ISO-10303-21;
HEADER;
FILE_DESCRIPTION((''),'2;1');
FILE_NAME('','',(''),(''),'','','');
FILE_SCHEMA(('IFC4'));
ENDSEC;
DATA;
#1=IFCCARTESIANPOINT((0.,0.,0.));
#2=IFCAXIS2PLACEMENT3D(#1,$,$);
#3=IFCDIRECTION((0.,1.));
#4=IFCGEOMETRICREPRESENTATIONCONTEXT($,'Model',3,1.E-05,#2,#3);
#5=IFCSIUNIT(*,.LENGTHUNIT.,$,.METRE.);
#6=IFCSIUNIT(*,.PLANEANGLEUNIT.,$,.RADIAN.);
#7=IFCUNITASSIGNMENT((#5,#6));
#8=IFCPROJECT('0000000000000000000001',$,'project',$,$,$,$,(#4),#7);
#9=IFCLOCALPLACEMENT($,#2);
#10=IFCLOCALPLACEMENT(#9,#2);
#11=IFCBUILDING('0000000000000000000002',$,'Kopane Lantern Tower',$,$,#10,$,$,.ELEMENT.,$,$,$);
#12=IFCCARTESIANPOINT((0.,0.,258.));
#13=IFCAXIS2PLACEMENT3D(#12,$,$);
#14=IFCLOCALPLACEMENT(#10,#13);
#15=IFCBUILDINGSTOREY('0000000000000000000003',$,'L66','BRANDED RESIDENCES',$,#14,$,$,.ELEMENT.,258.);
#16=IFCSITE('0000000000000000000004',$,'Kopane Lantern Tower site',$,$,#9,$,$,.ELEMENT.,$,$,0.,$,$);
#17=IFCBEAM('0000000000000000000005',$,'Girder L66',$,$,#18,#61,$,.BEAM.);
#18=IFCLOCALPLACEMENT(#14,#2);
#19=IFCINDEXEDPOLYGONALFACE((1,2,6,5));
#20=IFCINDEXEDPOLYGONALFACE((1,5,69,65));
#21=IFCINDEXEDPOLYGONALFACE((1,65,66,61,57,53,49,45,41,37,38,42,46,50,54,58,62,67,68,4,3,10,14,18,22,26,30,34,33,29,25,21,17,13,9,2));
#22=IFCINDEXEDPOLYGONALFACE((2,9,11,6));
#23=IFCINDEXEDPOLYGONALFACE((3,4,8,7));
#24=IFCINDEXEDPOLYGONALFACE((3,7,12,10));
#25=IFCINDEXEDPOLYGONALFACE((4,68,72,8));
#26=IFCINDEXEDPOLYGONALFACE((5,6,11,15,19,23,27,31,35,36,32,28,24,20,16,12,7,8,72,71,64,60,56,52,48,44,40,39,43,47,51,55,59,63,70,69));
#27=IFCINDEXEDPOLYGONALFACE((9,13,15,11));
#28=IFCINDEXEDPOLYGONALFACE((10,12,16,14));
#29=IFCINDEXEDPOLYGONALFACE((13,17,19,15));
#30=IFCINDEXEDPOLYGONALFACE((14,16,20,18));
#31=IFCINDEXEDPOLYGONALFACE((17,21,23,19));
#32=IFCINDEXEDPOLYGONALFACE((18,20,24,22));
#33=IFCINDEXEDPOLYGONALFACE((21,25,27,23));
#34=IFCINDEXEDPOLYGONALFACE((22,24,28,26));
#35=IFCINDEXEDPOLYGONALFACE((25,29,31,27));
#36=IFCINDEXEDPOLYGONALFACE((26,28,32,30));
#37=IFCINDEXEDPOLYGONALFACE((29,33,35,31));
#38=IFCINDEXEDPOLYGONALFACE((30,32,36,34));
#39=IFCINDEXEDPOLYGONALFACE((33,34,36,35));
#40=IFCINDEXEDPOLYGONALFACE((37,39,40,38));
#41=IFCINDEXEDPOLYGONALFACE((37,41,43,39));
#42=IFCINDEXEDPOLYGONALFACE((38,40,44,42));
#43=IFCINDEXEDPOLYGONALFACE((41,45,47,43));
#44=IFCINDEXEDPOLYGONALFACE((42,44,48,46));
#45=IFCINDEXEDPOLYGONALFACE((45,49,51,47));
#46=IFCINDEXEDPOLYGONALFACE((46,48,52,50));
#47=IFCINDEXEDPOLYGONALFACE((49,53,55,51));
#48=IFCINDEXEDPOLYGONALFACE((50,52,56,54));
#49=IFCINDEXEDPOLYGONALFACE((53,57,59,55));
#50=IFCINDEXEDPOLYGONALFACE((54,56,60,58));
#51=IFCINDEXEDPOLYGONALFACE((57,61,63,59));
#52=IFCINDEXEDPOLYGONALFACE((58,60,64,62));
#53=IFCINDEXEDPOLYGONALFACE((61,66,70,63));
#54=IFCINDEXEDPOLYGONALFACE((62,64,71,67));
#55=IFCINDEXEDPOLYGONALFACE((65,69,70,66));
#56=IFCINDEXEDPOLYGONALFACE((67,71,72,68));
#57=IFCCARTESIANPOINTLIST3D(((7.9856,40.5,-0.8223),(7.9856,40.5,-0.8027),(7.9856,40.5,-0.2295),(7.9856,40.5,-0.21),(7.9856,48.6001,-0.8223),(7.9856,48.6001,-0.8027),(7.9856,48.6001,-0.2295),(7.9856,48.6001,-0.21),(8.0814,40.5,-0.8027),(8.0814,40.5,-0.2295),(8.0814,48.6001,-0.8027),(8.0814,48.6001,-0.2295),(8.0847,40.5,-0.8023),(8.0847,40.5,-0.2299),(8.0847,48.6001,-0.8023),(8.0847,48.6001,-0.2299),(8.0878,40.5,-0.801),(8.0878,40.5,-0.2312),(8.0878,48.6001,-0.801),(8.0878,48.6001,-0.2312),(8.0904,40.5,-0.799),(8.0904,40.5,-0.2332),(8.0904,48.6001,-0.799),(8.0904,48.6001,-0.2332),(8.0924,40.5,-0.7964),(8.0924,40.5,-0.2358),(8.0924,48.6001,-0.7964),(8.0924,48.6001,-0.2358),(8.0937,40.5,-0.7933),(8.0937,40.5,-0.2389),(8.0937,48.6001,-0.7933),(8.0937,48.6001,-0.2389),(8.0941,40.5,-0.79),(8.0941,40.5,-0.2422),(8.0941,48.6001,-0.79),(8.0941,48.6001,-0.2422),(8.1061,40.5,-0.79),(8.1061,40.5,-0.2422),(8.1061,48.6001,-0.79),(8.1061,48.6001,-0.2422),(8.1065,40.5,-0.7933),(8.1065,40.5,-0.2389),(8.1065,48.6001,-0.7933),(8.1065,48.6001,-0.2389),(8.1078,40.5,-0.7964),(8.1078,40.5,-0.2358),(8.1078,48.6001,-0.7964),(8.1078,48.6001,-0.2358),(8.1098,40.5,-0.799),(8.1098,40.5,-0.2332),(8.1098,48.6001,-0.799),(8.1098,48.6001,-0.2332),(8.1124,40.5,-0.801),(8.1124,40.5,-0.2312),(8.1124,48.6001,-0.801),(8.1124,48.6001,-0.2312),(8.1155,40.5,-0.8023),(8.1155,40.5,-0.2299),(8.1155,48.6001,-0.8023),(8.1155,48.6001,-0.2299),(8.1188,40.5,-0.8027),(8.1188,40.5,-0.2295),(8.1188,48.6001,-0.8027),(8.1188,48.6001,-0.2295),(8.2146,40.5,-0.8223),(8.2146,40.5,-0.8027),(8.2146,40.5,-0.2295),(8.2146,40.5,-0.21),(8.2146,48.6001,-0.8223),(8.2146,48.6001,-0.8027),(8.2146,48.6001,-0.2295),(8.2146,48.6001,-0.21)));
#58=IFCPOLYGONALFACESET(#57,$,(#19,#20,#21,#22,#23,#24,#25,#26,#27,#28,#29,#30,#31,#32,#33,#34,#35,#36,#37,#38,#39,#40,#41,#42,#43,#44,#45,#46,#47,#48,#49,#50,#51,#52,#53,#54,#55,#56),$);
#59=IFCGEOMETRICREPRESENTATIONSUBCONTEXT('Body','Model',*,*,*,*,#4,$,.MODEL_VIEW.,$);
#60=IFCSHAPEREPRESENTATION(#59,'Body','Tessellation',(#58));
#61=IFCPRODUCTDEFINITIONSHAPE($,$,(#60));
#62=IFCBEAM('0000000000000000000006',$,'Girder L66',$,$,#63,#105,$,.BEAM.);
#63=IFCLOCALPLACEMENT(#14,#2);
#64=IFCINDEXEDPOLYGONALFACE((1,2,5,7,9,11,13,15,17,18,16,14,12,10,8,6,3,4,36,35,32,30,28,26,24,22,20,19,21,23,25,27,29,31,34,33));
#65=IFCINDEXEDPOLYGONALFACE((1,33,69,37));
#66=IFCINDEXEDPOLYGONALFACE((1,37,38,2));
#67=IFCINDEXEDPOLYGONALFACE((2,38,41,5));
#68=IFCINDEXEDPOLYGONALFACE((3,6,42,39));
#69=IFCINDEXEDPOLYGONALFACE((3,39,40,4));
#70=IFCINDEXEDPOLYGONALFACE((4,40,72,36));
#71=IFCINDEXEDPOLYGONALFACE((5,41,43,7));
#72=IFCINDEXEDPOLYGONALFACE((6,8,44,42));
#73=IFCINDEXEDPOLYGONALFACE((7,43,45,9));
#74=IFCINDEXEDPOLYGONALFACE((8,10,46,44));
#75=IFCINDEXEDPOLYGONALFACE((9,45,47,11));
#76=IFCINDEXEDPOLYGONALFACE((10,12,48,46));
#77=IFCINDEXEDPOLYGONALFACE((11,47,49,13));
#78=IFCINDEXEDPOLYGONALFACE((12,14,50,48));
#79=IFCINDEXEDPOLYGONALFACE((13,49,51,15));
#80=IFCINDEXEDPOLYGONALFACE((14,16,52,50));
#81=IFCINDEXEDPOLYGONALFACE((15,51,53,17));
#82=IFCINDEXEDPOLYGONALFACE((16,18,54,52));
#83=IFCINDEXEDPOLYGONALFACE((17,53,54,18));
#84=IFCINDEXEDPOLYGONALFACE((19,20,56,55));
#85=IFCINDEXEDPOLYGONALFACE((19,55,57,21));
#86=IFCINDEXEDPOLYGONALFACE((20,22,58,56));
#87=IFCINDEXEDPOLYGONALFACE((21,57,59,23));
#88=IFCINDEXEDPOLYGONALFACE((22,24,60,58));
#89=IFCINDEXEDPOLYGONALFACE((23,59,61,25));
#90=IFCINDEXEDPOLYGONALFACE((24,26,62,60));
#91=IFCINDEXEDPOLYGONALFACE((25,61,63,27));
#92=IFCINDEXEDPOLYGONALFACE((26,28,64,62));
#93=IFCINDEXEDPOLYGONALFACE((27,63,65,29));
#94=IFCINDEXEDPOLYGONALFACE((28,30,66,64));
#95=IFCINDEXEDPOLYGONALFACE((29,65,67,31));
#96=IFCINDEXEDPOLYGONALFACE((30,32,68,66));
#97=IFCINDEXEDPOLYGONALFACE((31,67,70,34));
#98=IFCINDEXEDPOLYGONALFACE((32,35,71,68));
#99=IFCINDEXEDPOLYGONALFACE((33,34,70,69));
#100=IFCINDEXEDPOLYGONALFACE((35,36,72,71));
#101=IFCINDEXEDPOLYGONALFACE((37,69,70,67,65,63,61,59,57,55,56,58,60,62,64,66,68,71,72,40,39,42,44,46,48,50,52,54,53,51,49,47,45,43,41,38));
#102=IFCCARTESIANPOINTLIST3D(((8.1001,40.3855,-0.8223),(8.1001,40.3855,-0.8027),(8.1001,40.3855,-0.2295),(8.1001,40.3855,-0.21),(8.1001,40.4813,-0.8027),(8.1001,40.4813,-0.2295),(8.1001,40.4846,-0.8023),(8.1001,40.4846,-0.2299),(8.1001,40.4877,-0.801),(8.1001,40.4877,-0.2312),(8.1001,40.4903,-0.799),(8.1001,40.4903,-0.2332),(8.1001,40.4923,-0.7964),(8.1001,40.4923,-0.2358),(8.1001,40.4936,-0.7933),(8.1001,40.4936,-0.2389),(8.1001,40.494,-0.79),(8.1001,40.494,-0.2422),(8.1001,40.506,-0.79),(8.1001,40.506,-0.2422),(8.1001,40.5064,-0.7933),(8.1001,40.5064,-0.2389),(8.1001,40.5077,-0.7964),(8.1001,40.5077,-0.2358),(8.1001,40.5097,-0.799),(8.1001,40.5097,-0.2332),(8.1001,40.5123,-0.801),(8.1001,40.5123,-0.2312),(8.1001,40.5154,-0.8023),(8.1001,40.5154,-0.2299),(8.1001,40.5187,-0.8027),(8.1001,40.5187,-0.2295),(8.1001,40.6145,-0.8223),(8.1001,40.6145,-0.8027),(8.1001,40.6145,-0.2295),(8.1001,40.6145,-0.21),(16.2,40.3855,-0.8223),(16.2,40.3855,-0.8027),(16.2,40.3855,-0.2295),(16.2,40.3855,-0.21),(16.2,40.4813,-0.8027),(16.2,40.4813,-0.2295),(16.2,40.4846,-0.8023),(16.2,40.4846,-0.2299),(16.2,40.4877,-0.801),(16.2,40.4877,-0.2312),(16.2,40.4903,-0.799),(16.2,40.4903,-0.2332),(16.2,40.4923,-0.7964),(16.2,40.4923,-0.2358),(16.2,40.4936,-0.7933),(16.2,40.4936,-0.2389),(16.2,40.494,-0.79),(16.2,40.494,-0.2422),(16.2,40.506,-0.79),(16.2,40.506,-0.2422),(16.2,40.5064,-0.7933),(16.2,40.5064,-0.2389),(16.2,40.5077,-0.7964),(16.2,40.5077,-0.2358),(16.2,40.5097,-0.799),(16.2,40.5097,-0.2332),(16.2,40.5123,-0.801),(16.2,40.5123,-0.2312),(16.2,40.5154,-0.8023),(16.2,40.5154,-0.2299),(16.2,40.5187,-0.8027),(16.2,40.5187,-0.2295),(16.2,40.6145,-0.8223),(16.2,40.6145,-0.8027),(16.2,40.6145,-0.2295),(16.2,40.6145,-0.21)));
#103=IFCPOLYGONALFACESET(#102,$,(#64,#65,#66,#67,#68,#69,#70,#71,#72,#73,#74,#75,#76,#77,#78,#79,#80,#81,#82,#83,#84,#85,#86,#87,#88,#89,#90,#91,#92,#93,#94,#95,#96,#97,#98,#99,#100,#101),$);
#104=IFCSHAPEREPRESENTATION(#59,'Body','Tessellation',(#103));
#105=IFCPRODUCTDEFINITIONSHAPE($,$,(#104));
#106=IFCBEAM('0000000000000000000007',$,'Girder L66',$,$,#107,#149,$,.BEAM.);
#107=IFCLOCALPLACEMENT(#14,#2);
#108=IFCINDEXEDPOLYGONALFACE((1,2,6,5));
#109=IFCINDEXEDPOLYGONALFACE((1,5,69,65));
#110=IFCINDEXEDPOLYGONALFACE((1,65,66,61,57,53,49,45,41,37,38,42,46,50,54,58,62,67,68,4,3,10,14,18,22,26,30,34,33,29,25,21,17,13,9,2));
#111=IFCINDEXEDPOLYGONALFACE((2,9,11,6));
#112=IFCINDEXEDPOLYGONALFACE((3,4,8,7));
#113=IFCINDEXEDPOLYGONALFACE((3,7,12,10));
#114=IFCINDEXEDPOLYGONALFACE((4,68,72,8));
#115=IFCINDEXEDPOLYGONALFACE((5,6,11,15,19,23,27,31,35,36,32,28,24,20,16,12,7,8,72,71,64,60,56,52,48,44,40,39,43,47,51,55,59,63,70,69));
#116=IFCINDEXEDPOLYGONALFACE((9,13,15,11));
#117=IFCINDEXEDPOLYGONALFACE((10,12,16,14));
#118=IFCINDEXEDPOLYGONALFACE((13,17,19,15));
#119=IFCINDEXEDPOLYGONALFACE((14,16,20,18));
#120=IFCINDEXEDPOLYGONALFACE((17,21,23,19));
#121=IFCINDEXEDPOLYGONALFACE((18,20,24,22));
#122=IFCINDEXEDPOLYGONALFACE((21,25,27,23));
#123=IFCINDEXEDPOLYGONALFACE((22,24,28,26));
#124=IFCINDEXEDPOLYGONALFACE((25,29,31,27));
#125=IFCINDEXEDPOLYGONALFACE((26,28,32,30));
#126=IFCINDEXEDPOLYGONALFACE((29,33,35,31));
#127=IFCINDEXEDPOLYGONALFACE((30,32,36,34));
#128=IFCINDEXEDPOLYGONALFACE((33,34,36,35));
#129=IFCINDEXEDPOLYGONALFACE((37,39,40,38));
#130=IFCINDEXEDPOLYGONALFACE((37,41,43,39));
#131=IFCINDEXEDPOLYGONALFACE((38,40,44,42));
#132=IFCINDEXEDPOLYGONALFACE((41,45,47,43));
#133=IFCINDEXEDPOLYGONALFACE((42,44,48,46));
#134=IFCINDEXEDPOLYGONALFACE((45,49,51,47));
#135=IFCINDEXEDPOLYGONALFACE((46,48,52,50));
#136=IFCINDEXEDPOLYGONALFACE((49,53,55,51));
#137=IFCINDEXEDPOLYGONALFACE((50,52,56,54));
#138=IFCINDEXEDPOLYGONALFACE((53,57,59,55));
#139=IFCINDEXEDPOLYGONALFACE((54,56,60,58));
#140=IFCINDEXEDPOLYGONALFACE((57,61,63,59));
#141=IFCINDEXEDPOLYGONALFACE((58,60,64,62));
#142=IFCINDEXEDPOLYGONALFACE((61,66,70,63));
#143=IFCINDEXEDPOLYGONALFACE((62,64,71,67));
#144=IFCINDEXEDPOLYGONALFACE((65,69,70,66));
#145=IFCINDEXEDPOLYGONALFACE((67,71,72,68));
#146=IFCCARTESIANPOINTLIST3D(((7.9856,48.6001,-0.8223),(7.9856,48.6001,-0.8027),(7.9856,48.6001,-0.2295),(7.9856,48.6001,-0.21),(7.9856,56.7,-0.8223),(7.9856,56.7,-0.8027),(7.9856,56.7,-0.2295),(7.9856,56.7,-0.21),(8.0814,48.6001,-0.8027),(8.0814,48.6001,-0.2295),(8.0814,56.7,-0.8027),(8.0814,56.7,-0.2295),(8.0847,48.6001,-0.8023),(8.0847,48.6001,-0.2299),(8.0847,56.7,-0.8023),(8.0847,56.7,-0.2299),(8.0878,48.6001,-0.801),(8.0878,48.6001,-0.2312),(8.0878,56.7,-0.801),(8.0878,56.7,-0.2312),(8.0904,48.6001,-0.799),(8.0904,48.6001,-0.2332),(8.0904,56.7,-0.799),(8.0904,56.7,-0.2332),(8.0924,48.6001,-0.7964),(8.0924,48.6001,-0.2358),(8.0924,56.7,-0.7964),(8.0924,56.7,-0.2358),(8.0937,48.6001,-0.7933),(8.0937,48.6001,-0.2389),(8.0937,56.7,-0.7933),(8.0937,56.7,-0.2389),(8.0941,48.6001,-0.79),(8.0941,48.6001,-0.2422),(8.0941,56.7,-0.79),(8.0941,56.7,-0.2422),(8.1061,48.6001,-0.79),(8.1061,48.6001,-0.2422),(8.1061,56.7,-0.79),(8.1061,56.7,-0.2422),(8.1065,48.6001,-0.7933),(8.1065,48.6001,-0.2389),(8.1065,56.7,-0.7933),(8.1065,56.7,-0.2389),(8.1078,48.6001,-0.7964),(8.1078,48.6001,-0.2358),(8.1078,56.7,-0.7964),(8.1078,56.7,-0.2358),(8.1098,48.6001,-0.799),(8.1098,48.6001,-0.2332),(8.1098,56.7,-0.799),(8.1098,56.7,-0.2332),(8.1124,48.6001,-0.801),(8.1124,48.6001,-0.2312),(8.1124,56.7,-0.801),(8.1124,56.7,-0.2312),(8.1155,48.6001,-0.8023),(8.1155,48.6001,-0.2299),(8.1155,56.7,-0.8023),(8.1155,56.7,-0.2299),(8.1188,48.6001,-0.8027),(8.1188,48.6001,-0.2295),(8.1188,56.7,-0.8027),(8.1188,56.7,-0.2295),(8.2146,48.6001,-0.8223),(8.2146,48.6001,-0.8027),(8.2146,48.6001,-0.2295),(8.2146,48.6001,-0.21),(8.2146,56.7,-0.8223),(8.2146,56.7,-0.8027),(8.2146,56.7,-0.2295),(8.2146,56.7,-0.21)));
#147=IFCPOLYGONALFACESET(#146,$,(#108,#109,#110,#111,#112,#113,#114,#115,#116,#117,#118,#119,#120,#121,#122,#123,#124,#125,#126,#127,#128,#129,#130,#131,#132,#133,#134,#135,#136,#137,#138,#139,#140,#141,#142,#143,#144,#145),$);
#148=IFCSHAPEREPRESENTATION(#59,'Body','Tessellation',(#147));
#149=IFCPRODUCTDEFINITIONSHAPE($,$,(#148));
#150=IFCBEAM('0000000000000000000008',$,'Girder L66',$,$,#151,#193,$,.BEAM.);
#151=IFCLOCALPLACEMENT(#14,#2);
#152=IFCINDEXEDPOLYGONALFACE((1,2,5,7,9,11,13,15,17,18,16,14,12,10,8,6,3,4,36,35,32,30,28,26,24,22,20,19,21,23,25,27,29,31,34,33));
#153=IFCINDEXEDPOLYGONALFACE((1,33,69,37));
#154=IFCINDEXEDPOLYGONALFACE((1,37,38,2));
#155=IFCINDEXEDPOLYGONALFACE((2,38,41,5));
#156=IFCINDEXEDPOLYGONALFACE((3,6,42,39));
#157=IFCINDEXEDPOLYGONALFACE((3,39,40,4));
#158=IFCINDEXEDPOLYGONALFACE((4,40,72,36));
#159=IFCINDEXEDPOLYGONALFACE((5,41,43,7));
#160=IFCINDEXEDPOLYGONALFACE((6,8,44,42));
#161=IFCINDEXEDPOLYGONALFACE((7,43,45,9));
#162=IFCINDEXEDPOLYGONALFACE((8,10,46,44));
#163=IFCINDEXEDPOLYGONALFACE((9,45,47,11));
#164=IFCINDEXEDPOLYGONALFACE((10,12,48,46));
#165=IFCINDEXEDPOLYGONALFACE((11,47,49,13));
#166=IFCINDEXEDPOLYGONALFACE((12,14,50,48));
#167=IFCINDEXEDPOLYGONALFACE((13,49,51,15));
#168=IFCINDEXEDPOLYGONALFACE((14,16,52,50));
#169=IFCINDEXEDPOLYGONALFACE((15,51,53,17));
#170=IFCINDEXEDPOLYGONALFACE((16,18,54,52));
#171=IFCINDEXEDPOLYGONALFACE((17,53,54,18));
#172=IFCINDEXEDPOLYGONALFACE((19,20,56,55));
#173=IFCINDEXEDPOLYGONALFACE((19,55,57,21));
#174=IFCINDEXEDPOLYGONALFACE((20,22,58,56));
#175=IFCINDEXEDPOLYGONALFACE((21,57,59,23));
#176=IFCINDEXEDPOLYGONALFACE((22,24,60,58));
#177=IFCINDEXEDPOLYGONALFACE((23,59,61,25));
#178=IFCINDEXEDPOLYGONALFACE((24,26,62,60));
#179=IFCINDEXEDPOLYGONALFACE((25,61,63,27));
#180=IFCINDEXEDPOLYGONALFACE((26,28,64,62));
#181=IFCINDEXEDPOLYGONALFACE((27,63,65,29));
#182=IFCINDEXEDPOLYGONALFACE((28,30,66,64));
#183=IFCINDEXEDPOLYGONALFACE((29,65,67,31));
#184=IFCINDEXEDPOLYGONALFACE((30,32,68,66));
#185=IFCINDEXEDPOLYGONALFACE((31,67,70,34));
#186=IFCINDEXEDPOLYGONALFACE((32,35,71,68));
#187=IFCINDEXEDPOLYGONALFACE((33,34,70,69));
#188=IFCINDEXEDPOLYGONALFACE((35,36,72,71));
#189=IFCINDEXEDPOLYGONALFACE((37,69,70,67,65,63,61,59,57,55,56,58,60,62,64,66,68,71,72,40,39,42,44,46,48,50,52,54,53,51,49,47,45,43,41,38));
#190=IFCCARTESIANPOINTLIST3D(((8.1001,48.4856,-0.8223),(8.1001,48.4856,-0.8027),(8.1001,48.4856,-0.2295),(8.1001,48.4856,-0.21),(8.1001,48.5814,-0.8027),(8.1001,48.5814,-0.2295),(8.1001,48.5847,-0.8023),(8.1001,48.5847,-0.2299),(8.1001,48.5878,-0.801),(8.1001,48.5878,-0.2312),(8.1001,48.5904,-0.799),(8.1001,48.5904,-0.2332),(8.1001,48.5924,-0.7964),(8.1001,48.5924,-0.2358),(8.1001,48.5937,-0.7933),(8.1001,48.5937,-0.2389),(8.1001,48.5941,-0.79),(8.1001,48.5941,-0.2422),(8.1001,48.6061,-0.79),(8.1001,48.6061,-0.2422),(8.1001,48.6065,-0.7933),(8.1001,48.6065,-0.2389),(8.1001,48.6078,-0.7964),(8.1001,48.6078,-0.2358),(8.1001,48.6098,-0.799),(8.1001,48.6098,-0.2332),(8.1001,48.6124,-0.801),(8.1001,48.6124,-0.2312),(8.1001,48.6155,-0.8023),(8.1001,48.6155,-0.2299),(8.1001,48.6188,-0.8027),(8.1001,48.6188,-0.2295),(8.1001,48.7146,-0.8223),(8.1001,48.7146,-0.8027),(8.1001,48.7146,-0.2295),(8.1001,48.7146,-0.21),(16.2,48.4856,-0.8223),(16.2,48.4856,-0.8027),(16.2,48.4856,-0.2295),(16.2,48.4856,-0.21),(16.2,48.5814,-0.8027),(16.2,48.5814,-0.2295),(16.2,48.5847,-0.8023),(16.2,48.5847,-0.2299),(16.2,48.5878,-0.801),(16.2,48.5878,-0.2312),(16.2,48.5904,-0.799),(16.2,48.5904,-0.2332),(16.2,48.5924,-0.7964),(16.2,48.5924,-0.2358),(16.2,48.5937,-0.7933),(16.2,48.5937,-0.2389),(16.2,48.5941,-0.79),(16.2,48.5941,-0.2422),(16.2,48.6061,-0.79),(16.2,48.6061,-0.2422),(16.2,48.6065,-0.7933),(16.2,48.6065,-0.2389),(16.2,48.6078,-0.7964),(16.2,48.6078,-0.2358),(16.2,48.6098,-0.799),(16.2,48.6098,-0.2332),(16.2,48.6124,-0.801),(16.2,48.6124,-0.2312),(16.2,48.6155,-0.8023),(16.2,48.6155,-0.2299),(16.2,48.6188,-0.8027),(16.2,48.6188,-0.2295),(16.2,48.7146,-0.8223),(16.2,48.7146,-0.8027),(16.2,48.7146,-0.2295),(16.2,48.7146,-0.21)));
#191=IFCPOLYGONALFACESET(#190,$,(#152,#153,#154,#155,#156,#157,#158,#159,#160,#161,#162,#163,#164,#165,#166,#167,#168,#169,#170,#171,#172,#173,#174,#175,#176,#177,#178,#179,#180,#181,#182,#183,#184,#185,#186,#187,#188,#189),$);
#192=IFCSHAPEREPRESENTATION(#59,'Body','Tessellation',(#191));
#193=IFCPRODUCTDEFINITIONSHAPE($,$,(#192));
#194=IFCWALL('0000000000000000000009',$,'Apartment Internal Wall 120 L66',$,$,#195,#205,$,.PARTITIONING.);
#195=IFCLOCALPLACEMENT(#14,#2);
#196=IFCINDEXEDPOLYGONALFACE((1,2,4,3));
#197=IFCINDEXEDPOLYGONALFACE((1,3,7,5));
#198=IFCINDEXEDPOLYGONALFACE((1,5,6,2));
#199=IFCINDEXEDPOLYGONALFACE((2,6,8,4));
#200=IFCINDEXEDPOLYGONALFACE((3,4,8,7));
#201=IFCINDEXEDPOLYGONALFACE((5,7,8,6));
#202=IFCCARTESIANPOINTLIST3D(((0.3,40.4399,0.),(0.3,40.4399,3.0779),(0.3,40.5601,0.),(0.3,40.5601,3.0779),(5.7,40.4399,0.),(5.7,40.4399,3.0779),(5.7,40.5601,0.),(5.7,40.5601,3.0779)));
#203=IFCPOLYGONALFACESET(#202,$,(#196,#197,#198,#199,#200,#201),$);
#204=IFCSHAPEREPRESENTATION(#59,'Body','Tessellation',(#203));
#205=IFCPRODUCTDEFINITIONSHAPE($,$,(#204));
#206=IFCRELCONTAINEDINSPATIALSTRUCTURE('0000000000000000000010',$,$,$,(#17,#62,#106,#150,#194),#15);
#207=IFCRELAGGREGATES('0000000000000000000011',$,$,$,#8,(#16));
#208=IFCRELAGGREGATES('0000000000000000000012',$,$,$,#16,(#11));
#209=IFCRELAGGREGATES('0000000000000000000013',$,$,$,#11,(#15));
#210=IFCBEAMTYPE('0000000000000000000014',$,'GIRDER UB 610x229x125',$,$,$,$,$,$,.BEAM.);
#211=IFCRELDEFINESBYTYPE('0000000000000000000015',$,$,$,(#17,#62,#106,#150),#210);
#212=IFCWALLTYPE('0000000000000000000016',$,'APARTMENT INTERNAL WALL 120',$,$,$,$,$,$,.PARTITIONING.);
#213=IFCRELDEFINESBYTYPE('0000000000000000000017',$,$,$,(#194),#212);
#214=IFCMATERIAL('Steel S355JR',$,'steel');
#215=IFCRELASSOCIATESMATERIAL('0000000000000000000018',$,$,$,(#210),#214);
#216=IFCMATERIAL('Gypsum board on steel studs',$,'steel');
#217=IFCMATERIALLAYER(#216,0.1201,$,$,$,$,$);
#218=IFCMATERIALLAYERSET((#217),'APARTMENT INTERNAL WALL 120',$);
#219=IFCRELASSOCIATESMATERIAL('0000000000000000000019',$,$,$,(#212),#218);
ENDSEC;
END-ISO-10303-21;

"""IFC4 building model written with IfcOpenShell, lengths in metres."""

from ifc_helpers import new_model, si_unit, direction, frame, frame_2d, origin, origin_2d, place, context, subcontext, project, spatial, rectangle, i_section, extrude, material, layer, layer_set, material_profile, profile_set, type_object, element, save


model = new_model("IFC4")

# Units and contexts
model_context = context("Model", 3, precision=1e-05, world=origin(), true_north=direction((0.0, 1.0)))
body_context = subcontext(model_context, "Body", "Model", "MODEL_VIEW")
ifc_project = project(units=[si_unit("LENGTHUNIT", "METRE"), si_unit("PLANEANGLEUNIT", "RADIAN")], contexts=[model_context])

# Site, building, storey
site_placement = place(None, origin())
site = spatial("IfcSite", under=ifc_project, at=site_placement, Name="Kopane Lantern Tower site", CompositionType="ELEMENT", RefElevation=0.0)
building_placement = place(site_placement, origin())
building = spatial("IfcBuilding", under=site, at=building_placement, Name="Kopane Lantern Tower", CompositionType="ELEMENT")
storey_placement = place(building_placement, frame((0.0, 0.0, 258.0)))
storey = spatial("IfcBuildingStorey", under=building, at=storey_placement, Name="L66", Description="BRANDED RESIDENCES", CompositionType="ELEMENT", Elevation=258.0)

# Beams
ifc_material_1 = material(Name="Steel S355JR", Category="steel")
ifc_material_profile_1 = material_profile(ifc_material_1, i_section(OverallWidth=0.229, OverallDepth=0.6123, WebThickness=0.012, FlangeThickness=0.0195, FilletRadius=0.0127, at=origin_2d()), Name="UB 610x229x125")
ifc_profile_set_1 = profile_set([ifc_material_profile_1], Name="Steel S355JR")
beam_type = type_object("IfcBeamType", Name="GIRDER UB 610x229x125", PredefinedType="BEAM", material=ifc_profile_set_1)
for number, where, z_axis, x_axis, name in (
    (1, (8.1001, 40.5, -0.5161), (0.0, 1.0, 0.0), (-1.0, 0.0, 0.0), "Girder L66"),
):
    element("IfcBeam", number, at=place(storey_placement, frame(where, z_axis=z_axis, x_axis=x_axis)), inside=storey, type_object=beam_type, Name=name, PredefinedType="BEAM", context=body_context, shape_type="SweptSolid", body=[
        extrude(i_section(OverallWidth=0.229, OverallDepth=0.6123, WebThickness=0.012, FlangeThickness=0.0195, FilletRadius=0.0127, at=origin_2d()), origin(), (0.0, 0.0, 1.0), 8.1001),
    ])
for number, where, z_axis, x_axis, name in (
    (2, (8.1001, 40.5, -0.5161), (1.0, 0.0, 0.0), (0.0, 1.0, 0.0), "Girder L66"),
    (3, (8.1001, 48.6001, -0.5161), (0.0, 1.0, 0.0), (-1.0, 0.0, 0.0), "Girder L66"),
    (4, (8.1001, 48.6001, -0.5161), (1.0, 0.0, 0.0), (0.0, 1.0, 0.0), "Girder L66"),
):
    element("IfcBeam", number, at=place(storey_placement, frame(where, z_axis=z_axis, x_axis=x_axis)), inside=storey, type_object=beam_type, Name=name, PredefinedType="BEAM", context=body_context, shape_type="SweptSolid", body=[
        extrude(i_section(OverallWidth=0.229, OverallDepth=0.6123, WebThickness=0.012, FlangeThickness=0.0195, FilletRadius=0.0127, at=origin_2d()), origin(), (0.0, 0.0, 1.0), 8.0999),
    ])

# Wall
ifc_material_2 = material(Name="Gypsum board on steel studs", Category="steel")
ifc_layer_1 = layer(ifc_material_2, 0.1201)
ifc_layer_set_1 = layer_set([ifc_layer_1], Name="APARTMENT INTERNAL WALL 120")
wall_type_1 = type_object("IfcWallType", Name="APARTMENT INTERNAL WALL 120", PredefinedType="PARTITIONING", material=ifc_layer_set_1)
wall_1_placement = place(storey_placement, frame((5.7, 40.5, 0.0), z_axis=(0.0, 0.0, 1.0), x_axis=(-1.0, 0.0, 0.0)))
element("IfcWall", 5, at=wall_1_placement, inside=storey, type_object=wall_type_1, Name="Apartment Internal Wall 120 L66", PredefinedType="PARTITIONING", context=body_context, shape_type="SweptSolid", body=[
    extrude(rectangle(XDim=5.3999, YDim=0.1201, at=frame_2d((2.7, 0.0))), origin(), (0.0, 0.0, 1.0), 3.0779),
])

save(model, "model.ifc")
